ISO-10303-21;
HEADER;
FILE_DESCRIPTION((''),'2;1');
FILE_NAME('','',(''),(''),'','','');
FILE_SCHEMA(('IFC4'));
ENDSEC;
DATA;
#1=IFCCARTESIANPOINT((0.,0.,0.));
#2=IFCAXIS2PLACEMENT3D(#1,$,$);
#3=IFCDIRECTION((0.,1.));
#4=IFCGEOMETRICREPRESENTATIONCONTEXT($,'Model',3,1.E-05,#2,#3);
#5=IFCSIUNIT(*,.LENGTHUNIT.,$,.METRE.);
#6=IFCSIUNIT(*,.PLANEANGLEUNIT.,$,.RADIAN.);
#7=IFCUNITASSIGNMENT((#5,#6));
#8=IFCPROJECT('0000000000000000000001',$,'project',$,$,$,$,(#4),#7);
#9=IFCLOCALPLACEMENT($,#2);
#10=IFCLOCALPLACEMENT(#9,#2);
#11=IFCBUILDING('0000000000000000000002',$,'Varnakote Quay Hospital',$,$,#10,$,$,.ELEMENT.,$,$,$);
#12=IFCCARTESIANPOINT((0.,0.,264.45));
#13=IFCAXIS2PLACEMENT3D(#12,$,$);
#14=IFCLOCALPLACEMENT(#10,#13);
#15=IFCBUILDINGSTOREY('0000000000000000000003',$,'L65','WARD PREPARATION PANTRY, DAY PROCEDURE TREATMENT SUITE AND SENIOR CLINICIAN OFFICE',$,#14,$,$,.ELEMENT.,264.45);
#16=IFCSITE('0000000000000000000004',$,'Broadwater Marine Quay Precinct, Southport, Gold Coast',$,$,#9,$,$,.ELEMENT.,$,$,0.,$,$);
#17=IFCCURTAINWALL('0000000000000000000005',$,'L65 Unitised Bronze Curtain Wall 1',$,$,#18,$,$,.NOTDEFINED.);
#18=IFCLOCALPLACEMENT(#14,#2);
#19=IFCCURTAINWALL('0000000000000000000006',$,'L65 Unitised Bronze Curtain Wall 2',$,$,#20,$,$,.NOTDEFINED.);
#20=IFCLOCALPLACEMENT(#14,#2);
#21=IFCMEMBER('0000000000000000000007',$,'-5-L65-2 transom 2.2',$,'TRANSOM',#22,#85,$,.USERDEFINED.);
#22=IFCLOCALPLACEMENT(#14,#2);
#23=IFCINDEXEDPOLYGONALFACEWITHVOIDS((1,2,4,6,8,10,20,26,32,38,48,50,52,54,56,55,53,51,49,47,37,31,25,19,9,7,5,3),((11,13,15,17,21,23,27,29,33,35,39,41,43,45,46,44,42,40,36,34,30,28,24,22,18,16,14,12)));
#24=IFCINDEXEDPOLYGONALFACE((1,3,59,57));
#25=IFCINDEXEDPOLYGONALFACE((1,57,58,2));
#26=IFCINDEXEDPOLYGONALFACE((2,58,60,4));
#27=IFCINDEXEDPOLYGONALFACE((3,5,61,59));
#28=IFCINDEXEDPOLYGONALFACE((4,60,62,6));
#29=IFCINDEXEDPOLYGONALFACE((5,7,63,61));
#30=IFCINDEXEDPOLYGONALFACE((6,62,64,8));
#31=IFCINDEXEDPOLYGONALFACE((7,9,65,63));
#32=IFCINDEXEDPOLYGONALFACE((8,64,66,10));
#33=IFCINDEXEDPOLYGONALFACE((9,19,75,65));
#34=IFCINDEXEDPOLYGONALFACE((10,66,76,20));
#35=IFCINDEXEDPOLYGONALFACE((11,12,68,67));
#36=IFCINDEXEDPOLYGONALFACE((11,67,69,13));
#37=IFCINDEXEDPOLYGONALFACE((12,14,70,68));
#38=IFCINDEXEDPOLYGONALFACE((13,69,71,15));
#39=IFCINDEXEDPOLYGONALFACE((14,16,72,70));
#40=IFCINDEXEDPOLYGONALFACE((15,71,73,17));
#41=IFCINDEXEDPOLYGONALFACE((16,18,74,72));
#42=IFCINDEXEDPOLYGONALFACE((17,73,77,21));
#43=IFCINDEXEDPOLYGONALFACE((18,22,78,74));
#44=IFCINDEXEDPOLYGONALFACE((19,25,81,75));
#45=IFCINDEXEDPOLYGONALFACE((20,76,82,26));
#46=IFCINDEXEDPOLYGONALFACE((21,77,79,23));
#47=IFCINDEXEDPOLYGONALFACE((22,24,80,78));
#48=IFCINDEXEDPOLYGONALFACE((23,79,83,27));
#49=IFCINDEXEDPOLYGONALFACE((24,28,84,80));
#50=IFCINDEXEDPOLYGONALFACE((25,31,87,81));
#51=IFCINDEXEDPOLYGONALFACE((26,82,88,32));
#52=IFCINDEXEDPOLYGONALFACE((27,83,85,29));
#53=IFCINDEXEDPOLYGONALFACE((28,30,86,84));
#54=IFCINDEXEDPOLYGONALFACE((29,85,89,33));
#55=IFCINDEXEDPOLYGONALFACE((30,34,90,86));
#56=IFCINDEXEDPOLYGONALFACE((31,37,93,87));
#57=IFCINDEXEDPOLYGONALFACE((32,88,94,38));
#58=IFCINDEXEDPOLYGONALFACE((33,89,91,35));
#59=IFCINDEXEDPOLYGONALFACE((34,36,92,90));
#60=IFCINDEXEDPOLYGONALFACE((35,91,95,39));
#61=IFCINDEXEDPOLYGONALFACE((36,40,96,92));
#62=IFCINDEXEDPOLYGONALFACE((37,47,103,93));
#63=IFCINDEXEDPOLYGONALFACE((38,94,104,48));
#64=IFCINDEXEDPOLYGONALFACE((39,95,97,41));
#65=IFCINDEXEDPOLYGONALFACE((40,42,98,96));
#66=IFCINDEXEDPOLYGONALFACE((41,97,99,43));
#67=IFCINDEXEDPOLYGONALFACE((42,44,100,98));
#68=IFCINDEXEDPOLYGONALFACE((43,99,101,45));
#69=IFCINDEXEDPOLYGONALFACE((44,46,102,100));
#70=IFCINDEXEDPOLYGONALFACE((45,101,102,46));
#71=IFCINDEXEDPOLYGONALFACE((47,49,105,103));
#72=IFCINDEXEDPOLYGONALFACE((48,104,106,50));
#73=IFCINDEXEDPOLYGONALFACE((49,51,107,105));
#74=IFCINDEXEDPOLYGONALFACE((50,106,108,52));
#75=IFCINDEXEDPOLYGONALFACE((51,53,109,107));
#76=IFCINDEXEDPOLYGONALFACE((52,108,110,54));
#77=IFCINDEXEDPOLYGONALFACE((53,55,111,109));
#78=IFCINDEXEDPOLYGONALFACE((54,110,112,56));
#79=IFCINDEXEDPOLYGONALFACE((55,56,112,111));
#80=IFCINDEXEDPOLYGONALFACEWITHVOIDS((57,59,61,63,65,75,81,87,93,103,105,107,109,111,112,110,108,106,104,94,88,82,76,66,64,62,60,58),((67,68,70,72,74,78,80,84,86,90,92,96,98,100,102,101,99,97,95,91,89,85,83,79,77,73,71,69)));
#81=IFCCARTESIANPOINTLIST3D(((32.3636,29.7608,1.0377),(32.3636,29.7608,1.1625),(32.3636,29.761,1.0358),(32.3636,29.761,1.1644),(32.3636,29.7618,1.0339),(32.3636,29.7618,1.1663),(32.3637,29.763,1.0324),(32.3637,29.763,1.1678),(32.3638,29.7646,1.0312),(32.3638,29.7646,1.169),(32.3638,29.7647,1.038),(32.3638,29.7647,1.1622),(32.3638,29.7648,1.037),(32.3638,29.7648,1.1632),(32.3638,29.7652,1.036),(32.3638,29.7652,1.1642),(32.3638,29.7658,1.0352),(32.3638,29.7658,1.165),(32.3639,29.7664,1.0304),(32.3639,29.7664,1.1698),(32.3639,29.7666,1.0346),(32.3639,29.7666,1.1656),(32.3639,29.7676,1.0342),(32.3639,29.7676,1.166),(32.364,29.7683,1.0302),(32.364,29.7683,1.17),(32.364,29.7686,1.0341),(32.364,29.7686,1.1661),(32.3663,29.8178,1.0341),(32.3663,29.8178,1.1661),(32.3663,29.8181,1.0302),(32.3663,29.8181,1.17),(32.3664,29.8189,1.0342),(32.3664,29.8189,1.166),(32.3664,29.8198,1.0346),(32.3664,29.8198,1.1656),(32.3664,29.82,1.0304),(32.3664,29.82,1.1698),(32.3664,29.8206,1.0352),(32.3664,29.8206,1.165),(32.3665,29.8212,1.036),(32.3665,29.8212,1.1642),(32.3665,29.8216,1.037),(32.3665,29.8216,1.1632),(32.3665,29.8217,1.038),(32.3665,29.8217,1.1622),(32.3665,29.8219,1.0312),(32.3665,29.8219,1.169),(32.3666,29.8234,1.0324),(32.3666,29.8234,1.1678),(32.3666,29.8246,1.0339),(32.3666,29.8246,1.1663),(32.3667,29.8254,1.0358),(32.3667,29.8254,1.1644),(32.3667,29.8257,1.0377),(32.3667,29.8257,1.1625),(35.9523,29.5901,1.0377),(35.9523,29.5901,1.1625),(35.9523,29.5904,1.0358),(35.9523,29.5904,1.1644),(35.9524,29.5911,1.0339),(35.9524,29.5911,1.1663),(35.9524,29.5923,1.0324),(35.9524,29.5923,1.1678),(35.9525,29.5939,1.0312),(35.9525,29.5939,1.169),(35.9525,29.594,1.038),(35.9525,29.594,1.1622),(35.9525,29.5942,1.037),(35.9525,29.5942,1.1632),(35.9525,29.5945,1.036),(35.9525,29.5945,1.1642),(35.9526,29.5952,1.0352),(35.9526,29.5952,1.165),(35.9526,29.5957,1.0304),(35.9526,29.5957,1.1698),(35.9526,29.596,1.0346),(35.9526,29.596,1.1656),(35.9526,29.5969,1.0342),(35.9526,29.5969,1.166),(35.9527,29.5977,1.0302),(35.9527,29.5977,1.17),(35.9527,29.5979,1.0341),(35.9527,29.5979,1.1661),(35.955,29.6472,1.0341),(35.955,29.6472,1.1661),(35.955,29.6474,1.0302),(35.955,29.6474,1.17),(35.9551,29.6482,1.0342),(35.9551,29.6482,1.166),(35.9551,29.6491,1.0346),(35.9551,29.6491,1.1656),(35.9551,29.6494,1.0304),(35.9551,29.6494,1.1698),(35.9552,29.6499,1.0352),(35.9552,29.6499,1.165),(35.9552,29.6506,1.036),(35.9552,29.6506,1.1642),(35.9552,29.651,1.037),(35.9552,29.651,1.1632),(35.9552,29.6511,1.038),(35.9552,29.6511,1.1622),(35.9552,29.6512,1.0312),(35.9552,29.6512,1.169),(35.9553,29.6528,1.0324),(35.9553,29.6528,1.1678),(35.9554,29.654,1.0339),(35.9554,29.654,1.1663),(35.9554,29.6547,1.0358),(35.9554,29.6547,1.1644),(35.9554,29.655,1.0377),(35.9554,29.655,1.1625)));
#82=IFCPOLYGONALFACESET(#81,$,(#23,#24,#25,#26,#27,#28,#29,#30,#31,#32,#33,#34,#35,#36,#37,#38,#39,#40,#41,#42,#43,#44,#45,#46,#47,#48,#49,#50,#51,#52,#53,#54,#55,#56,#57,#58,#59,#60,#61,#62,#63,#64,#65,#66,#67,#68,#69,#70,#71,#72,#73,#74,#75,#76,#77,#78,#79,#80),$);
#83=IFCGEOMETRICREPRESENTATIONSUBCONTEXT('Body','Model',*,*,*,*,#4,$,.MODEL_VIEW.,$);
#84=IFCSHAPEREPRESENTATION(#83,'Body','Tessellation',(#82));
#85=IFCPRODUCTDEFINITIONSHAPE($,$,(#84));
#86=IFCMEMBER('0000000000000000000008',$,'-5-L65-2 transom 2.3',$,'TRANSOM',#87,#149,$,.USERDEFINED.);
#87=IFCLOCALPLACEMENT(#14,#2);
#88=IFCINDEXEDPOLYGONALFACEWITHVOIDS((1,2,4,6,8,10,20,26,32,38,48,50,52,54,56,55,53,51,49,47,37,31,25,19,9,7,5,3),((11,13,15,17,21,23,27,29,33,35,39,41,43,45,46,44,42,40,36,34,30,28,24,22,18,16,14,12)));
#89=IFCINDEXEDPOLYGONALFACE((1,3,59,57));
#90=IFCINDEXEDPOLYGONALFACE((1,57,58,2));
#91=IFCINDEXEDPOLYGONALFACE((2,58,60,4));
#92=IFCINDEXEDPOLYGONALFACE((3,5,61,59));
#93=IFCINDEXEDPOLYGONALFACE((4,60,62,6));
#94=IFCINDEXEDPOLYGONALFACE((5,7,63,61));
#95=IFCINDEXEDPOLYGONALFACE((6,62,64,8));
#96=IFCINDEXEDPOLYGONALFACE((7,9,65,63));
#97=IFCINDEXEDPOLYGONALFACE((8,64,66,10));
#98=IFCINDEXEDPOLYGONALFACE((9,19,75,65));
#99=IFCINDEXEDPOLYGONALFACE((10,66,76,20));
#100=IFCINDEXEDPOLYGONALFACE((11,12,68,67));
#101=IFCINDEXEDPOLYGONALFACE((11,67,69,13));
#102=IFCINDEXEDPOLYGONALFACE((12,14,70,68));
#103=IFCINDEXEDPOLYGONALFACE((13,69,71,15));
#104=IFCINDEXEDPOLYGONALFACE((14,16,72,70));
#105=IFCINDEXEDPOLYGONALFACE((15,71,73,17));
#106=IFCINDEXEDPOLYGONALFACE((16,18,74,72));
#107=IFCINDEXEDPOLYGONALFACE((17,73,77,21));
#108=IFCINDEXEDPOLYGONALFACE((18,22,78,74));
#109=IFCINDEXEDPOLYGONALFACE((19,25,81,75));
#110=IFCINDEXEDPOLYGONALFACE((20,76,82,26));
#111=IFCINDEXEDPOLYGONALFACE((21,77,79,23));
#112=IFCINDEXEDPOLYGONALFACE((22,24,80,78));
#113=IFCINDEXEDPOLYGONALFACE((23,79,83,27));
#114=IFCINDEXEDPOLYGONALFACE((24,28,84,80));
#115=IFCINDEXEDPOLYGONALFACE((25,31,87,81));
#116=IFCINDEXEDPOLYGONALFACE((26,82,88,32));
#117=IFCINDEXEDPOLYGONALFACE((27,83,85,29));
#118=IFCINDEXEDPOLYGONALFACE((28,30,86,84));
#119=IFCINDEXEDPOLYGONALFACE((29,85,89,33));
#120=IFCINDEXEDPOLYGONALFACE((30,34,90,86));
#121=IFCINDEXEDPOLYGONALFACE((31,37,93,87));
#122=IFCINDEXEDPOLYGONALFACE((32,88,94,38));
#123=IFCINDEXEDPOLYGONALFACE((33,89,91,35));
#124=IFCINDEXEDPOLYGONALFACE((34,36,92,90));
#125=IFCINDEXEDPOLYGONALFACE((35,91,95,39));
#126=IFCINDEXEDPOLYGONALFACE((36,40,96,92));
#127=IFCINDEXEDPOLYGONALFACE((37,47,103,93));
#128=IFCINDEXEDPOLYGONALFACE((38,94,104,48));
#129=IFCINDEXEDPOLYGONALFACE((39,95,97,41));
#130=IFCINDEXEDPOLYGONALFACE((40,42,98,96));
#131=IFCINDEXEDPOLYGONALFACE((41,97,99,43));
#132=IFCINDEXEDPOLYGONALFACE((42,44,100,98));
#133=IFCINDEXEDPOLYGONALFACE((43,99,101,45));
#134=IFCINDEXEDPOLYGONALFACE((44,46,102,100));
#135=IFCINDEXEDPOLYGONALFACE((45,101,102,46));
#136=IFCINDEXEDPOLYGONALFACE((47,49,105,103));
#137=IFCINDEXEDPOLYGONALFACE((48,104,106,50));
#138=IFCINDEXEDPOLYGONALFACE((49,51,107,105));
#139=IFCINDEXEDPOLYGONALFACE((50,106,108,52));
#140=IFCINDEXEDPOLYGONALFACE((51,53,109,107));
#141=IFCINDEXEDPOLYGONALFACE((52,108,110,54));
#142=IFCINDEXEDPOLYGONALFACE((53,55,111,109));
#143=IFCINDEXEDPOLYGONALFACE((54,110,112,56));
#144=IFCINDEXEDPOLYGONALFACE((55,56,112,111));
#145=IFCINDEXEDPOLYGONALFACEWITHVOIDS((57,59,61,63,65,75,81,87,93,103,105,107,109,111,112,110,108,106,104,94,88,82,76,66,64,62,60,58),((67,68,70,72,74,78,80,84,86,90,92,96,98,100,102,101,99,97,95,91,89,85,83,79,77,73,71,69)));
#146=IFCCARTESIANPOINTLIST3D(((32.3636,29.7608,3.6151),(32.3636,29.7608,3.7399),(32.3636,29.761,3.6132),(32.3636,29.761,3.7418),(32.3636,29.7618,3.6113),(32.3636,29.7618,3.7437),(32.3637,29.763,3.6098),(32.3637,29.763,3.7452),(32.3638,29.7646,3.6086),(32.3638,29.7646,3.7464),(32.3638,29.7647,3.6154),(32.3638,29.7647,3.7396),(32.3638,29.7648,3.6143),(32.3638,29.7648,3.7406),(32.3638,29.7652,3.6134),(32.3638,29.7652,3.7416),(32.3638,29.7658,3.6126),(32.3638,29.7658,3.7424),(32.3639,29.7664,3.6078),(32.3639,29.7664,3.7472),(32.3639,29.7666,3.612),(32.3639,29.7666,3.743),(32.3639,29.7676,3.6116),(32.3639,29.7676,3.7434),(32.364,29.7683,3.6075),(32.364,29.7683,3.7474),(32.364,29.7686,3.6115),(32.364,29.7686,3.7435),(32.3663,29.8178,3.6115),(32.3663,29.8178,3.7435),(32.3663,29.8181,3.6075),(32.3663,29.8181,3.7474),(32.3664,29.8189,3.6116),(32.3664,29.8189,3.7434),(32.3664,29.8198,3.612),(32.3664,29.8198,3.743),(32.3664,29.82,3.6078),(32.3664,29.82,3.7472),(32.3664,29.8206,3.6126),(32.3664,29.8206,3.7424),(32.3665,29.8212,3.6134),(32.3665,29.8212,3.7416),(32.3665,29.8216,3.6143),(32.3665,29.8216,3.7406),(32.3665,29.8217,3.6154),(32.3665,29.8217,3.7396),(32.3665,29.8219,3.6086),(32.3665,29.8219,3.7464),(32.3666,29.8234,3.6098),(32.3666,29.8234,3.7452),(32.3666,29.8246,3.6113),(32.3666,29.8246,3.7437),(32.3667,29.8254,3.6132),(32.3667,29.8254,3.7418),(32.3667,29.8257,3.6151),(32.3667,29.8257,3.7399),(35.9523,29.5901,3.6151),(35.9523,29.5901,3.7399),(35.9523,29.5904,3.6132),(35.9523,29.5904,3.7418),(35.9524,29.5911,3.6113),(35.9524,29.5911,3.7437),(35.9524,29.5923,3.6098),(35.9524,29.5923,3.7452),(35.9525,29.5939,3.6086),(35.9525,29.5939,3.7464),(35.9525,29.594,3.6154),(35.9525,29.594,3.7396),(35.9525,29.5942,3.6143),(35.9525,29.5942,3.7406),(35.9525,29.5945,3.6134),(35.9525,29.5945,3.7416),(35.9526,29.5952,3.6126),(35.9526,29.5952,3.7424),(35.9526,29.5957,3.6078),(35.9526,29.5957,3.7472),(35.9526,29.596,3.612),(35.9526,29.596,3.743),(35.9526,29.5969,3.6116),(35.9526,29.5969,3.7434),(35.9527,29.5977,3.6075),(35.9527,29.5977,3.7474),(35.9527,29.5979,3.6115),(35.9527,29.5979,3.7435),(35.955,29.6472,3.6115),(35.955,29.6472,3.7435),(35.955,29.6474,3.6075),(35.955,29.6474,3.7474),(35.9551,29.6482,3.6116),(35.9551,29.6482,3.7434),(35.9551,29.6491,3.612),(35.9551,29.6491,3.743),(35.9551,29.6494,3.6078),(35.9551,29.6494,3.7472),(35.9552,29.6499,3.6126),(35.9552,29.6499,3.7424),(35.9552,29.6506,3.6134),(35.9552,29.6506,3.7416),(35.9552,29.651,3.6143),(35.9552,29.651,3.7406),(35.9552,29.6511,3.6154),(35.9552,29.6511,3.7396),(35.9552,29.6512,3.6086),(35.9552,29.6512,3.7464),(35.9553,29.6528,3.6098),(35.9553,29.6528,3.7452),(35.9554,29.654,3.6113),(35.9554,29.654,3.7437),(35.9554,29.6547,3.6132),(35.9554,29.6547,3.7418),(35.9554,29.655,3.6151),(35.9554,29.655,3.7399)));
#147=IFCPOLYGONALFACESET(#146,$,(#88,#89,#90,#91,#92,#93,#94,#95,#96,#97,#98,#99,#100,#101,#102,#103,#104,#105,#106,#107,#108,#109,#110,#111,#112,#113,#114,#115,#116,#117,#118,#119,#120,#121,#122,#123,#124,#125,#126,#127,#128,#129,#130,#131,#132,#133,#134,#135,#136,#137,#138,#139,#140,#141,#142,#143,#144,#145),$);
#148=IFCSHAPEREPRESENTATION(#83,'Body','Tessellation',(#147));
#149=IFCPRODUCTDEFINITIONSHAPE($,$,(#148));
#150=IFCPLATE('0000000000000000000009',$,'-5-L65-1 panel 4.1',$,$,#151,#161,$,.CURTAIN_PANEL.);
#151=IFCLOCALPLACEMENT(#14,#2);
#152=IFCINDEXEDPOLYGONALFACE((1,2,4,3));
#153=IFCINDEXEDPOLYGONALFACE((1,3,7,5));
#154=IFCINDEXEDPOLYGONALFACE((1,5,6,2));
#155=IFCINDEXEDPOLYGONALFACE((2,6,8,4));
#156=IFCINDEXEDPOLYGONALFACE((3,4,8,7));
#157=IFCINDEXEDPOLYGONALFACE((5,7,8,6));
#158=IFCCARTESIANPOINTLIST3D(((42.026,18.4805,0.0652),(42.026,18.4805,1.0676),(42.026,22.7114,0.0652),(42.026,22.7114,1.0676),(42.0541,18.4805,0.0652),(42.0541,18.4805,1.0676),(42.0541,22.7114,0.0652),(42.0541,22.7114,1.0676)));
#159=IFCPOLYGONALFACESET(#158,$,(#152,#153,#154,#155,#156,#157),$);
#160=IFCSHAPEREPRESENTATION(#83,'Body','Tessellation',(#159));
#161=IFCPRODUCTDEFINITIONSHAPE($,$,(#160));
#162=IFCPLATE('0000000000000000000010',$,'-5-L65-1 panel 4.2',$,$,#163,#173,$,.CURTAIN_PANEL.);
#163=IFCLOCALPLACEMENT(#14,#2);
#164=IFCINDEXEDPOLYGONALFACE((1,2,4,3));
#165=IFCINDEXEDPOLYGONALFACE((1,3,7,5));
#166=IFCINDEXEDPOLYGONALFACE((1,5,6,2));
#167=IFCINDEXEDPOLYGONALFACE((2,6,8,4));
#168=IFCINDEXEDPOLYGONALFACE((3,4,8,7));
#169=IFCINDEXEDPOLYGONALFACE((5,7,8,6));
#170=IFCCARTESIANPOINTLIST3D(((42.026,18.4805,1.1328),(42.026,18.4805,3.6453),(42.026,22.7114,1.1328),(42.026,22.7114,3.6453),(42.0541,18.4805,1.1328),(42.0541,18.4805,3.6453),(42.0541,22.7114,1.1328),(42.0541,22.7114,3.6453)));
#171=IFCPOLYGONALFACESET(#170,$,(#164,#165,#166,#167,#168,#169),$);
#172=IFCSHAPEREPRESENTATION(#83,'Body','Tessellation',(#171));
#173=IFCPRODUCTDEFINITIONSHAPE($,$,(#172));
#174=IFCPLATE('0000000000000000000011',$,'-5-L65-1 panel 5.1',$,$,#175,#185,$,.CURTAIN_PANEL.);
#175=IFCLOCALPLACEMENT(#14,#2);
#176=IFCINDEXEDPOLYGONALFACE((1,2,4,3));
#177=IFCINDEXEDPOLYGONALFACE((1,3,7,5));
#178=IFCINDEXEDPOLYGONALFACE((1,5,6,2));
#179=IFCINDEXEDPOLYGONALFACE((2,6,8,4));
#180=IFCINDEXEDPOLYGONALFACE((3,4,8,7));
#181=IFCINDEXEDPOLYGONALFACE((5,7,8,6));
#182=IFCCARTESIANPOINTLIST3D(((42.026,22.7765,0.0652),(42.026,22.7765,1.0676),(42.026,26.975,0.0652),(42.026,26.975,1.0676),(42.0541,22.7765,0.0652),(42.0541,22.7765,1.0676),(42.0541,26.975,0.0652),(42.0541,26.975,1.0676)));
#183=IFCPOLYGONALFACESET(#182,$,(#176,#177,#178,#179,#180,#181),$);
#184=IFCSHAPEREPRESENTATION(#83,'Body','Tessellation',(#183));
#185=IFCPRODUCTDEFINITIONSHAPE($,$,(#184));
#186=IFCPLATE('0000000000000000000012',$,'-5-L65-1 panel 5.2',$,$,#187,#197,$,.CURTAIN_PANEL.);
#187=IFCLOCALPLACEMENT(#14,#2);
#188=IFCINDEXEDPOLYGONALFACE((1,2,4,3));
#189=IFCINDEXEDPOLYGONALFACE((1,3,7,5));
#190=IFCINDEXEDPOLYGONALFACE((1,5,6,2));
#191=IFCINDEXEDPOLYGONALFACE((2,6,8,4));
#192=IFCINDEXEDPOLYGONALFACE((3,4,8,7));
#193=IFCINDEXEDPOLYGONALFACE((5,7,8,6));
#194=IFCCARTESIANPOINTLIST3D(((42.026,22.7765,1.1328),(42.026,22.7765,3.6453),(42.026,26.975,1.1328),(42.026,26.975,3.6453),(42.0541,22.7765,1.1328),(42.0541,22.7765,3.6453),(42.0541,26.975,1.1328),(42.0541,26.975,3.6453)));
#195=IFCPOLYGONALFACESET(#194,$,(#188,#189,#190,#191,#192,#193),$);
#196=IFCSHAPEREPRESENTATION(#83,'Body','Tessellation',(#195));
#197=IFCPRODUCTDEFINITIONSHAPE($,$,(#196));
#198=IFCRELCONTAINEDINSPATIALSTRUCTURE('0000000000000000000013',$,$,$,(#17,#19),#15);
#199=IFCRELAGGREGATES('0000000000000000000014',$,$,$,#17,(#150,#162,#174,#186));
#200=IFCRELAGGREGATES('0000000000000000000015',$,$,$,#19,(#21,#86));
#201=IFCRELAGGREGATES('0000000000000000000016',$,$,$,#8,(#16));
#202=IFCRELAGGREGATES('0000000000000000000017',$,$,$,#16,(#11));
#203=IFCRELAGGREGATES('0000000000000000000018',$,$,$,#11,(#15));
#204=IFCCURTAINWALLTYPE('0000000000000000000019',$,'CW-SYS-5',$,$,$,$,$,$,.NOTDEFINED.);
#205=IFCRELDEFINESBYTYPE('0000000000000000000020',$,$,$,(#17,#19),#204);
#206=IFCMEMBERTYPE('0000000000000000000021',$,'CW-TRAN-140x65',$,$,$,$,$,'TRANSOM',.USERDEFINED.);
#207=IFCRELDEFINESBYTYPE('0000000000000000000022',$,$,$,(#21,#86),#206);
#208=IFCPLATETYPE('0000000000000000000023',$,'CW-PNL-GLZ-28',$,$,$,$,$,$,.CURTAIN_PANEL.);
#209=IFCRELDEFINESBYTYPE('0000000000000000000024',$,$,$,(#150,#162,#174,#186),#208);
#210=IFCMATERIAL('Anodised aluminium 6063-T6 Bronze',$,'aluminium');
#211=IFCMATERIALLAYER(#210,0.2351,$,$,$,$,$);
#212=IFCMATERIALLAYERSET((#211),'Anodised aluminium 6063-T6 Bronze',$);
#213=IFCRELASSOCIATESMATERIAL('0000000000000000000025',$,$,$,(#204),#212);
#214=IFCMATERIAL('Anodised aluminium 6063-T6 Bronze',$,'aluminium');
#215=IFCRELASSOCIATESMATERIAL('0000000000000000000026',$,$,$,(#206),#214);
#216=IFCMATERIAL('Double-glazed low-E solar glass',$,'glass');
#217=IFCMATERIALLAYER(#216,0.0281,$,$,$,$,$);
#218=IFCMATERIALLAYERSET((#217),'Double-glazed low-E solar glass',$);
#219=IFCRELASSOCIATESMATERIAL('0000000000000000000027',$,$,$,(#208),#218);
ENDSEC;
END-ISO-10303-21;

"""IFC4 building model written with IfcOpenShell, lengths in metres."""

from ifc_helpers import new_model, si_unit, direction, frame, origin, origin_2d, place, context, subcontext, project, spatial, rectangle, hollow_rectangle, extrude, material, layer, layer_set, material_profile, profile_set, type_object, element, aggregate, save


model = new_model("IFC4")

# Units and contexts
model_context = context("Model", 3, precision=1e-05, world=origin(), true_north=direction((0.0, 1.0)))
body_context = subcontext(model_context, "Body", "Model", "MODEL_VIEW")
ifc_project = project(units=[si_unit("LENGTHUNIT", "METRE"), si_unit("PLANEANGLEUNIT", "RADIAN")], contexts=[model_context])

# Site, building, storey
site_placement = place(None, origin())
site = spatial("IfcSite", under=ifc_project, at=site_placement, Name="Broadwater Marine Quay Precinct, Southport, Gold Coast", CompositionType="ELEMENT", RefElevation=0.0)
building_placement = place(site_placement, origin())
building = spatial("IfcBuilding", under=site, at=building_placement, Name="Varnakote Quay Hospital", CompositionType="ELEMENT")
storey_placement = place(building_placement, frame((0.0, 0.0, 264.45)))
storey = spatial("IfcBuildingStorey", under=building, at=storey_placement, Name="L65", Description="WARD PREPARATION PANTRY, DAY PROCEDURE TREATMENT SUITE AND SENIOR CLINICIAN OFFICE", CompositionType="ELEMENT", Elevation=264.45)

# Curtain walls
ifc_material_1 = material(Name="Anodised aluminium 6063-T6 Bronze", Category="aluminium")
ifc_layer_1 = layer(ifc_material_1, 0.2351)
ifc_layer_set_1 = layer_set([ifc_layer_1], Name="Anodised aluminium 6063-T6 Bronze")
curtain_wall_type = type_object("IfcCurtainWallType", Name="CW-SYS-5", PredefinedType="NOTDEFINED", material=ifc_layer_set_1)
curtain_wall_1_placement = place(storey_placement, origin())
curtain_wall_1 = element("IfcCurtainWall", 1, at=curtain_wall_1_placement, inside=storey, type_object=curtain_wall_type, Name="L65 Unitised Bronze Curtain Wall 1", PredefinedType="NOTDEFINED")
curtain_wall_2_placement = place(storey_placement, origin())
curtain_wall_2 = element("IfcCurtainWall", 2, at=curtain_wall_2_placement, inside=storey, type_object=curtain_wall_type, Name="L65 Unitised Bronze Curtain Wall 2", PredefinedType="NOTDEFINED")

# Members
ifc_material_2 = material(Name="Anodised aluminium 6063-T6 Bronze", Category="aluminium")
ifc_material_profile_1 = material_profile(ifc_material_2, hollow_rectangle(XDim=0.0649, YDim=0.1399, WallThickness=0.0039, InnerFilletRadius=0.0039, OuterFilletRadius=0.0076, at=origin_2d()), Name="CW-TRAN-140x65")
ifc_profile_set_1 = profile_set([ifc_material_profile_1], Name="Anodised aluminium 6063-T6 Bronze")
member_type_1 = type_object("IfcMemberType", Name="CW-TRAN-140x65", ElementType="TRANSOM", PredefinedType="USERDEFINED", material=ifc_profile_set_1)
member_1_placement = place(storey_placement, frame((35.9539, 29.6226, 1.1001), z_axis=(-0.998871, 0.047501, 0.0), x_axis=(-0.047501, -0.998871, 0.0)))
member_1 = element("IfcMember", 3, at=member_1_placement, type_object=member_type_1, Name="-5-L65-2 transom 2.2", ObjectType="TRANSOM", PredefinedType="USERDEFINED", context=body_context, shape_type="SweptSolid", body=[
    extrude(hollow_rectangle(XDim=0.0649, YDim=0.1399, WallThickness=0.0039, InnerFilletRadius=0.0039, OuterFilletRadius=0.0076, at=origin_2d()), origin(), (0.0, 0.0, 1.0), 3.5928),
])
member_2_placement = place(storey_placement, frame((35.9539, 29.6226, 3.6775), z_axis=(-0.998871, 0.047501, 0.0), x_axis=(-0.047501, -0.998871, 0.0)))
member_2 = element("IfcMember", 4, at=member_2_placement, type_object=member_type_1, Name="-5-L65-2 transom 2.3", ObjectType="TRANSOM", PredefinedType="USERDEFINED", context=body_context, shape_type="SweptSolid", body=[
    extrude(hollow_rectangle(XDim=0.0649, YDim=0.1399, WallThickness=0.0039, InnerFilletRadius=0.0039, OuterFilletRadius=0.0076, at=origin_2d()), origin(), (0.0, 0.0, 1.0), 3.5928),
])

# Plates
ifc_material_3 = material(Name="Double-glazed low-E solar glass", Category="glass")
ifc_layer_2 = layer(ifc_material_3, 0.0281)
ifc_layer_set_2 = layer_set([ifc_layer_2], Name="Double-glazed low-E solar glass")
plate_type = type_object("IfcPlateType", Name="CW-PNL-GLZ-28", PredefinedType="CURTAIN_PANEL", material=ifc_layer_set_2)
plate_1_placement = place(storey_placement, frame((42.04, 20.5959, 0.0652), z_axis=(0.0, 0.0, 1.0), x_axis=(0.0, 1.0, 0.0)))
plate_1 = element("IfcPlate", 5, at=plate_1_placement, type_object=plate_type, Name="-5-L65-1 panel 4.1", PredefinedType="CURTAIN_PANEL", context=body_context, shape_type="SweptSolid", body=[
    extrude(rectangle(XDim=4.231, YDim=0.0281, at=origin_2d()), origin(), (0.0, 0.0, 1.0), 1.0024),
])
plate_2_placement = place(storey_placement, frame((42.04, 20.5959, 1.1328), z_axis=(0.0, 0.0, 1.0), x_axis=(0.0, 1.0, 0.0)))
plate_2 = element("IfcPlate", 6, at=plate_2_placement, type_object=plate_type, Name="-5-L65-1 panel 4.2", PredefinedType="CURTAIN_PANEL", context=body_context, shape_type="SweptSolid", body=[
    extrude(rectangle(XDim=4.231, YDim=0.0281, at=origin_2d()), origin(), (0.0, 0.0, 1.0), 2.5125),
])
plate_3_placement = place(storey_placement, frame((42.04, 24.8757, 0.0652), z_axis=(0.0, 0.0, 1.0), x_axis=(0.0, 1.0, 0.0)))
plate_3 = element("IfcPlate", 7, at=plate_3_placement, type_object=plate_type, Name="-5-L65-1 panel 5.1", PredefinedType="CURTAIN_PANEL", context=body_context, shape_type="SweptSolid", body=[
    extrude(rectangle(XDim=4.1985, YDim=0.0281, at=origin_2d()), origin(), (0.0, 0.0, 1.0), 1.0024),
])
plate_4_placement = place(storey_placement, frame((42.04, 24.8757, 1.1328), z_axis=(0.0, 0.0, 1.0), x_axis=(0.0, 1.0, 0.0)))
plate_4 = element("IfcPlate", 8, at=plate_4_placement, type_object=plate_type, Name="-5-L65-1 panel 5.2", PredefinedType="CURTAIN_PANEL", context=body_context, shape_type="SweptSolid", body=[
    extrude(rectangle(XDim=4.1985, YDim=0.0281, at=origin_2d()), origin(), (0.0, 0.0, 1.0), 2.5125),
])
aggregate(curtain_wall_1, [plate_1, plate_2, plate_3, plate_4])
aggregate(curtain_wall_2, [member_1, member_2])

save(model, "model.ifc")
